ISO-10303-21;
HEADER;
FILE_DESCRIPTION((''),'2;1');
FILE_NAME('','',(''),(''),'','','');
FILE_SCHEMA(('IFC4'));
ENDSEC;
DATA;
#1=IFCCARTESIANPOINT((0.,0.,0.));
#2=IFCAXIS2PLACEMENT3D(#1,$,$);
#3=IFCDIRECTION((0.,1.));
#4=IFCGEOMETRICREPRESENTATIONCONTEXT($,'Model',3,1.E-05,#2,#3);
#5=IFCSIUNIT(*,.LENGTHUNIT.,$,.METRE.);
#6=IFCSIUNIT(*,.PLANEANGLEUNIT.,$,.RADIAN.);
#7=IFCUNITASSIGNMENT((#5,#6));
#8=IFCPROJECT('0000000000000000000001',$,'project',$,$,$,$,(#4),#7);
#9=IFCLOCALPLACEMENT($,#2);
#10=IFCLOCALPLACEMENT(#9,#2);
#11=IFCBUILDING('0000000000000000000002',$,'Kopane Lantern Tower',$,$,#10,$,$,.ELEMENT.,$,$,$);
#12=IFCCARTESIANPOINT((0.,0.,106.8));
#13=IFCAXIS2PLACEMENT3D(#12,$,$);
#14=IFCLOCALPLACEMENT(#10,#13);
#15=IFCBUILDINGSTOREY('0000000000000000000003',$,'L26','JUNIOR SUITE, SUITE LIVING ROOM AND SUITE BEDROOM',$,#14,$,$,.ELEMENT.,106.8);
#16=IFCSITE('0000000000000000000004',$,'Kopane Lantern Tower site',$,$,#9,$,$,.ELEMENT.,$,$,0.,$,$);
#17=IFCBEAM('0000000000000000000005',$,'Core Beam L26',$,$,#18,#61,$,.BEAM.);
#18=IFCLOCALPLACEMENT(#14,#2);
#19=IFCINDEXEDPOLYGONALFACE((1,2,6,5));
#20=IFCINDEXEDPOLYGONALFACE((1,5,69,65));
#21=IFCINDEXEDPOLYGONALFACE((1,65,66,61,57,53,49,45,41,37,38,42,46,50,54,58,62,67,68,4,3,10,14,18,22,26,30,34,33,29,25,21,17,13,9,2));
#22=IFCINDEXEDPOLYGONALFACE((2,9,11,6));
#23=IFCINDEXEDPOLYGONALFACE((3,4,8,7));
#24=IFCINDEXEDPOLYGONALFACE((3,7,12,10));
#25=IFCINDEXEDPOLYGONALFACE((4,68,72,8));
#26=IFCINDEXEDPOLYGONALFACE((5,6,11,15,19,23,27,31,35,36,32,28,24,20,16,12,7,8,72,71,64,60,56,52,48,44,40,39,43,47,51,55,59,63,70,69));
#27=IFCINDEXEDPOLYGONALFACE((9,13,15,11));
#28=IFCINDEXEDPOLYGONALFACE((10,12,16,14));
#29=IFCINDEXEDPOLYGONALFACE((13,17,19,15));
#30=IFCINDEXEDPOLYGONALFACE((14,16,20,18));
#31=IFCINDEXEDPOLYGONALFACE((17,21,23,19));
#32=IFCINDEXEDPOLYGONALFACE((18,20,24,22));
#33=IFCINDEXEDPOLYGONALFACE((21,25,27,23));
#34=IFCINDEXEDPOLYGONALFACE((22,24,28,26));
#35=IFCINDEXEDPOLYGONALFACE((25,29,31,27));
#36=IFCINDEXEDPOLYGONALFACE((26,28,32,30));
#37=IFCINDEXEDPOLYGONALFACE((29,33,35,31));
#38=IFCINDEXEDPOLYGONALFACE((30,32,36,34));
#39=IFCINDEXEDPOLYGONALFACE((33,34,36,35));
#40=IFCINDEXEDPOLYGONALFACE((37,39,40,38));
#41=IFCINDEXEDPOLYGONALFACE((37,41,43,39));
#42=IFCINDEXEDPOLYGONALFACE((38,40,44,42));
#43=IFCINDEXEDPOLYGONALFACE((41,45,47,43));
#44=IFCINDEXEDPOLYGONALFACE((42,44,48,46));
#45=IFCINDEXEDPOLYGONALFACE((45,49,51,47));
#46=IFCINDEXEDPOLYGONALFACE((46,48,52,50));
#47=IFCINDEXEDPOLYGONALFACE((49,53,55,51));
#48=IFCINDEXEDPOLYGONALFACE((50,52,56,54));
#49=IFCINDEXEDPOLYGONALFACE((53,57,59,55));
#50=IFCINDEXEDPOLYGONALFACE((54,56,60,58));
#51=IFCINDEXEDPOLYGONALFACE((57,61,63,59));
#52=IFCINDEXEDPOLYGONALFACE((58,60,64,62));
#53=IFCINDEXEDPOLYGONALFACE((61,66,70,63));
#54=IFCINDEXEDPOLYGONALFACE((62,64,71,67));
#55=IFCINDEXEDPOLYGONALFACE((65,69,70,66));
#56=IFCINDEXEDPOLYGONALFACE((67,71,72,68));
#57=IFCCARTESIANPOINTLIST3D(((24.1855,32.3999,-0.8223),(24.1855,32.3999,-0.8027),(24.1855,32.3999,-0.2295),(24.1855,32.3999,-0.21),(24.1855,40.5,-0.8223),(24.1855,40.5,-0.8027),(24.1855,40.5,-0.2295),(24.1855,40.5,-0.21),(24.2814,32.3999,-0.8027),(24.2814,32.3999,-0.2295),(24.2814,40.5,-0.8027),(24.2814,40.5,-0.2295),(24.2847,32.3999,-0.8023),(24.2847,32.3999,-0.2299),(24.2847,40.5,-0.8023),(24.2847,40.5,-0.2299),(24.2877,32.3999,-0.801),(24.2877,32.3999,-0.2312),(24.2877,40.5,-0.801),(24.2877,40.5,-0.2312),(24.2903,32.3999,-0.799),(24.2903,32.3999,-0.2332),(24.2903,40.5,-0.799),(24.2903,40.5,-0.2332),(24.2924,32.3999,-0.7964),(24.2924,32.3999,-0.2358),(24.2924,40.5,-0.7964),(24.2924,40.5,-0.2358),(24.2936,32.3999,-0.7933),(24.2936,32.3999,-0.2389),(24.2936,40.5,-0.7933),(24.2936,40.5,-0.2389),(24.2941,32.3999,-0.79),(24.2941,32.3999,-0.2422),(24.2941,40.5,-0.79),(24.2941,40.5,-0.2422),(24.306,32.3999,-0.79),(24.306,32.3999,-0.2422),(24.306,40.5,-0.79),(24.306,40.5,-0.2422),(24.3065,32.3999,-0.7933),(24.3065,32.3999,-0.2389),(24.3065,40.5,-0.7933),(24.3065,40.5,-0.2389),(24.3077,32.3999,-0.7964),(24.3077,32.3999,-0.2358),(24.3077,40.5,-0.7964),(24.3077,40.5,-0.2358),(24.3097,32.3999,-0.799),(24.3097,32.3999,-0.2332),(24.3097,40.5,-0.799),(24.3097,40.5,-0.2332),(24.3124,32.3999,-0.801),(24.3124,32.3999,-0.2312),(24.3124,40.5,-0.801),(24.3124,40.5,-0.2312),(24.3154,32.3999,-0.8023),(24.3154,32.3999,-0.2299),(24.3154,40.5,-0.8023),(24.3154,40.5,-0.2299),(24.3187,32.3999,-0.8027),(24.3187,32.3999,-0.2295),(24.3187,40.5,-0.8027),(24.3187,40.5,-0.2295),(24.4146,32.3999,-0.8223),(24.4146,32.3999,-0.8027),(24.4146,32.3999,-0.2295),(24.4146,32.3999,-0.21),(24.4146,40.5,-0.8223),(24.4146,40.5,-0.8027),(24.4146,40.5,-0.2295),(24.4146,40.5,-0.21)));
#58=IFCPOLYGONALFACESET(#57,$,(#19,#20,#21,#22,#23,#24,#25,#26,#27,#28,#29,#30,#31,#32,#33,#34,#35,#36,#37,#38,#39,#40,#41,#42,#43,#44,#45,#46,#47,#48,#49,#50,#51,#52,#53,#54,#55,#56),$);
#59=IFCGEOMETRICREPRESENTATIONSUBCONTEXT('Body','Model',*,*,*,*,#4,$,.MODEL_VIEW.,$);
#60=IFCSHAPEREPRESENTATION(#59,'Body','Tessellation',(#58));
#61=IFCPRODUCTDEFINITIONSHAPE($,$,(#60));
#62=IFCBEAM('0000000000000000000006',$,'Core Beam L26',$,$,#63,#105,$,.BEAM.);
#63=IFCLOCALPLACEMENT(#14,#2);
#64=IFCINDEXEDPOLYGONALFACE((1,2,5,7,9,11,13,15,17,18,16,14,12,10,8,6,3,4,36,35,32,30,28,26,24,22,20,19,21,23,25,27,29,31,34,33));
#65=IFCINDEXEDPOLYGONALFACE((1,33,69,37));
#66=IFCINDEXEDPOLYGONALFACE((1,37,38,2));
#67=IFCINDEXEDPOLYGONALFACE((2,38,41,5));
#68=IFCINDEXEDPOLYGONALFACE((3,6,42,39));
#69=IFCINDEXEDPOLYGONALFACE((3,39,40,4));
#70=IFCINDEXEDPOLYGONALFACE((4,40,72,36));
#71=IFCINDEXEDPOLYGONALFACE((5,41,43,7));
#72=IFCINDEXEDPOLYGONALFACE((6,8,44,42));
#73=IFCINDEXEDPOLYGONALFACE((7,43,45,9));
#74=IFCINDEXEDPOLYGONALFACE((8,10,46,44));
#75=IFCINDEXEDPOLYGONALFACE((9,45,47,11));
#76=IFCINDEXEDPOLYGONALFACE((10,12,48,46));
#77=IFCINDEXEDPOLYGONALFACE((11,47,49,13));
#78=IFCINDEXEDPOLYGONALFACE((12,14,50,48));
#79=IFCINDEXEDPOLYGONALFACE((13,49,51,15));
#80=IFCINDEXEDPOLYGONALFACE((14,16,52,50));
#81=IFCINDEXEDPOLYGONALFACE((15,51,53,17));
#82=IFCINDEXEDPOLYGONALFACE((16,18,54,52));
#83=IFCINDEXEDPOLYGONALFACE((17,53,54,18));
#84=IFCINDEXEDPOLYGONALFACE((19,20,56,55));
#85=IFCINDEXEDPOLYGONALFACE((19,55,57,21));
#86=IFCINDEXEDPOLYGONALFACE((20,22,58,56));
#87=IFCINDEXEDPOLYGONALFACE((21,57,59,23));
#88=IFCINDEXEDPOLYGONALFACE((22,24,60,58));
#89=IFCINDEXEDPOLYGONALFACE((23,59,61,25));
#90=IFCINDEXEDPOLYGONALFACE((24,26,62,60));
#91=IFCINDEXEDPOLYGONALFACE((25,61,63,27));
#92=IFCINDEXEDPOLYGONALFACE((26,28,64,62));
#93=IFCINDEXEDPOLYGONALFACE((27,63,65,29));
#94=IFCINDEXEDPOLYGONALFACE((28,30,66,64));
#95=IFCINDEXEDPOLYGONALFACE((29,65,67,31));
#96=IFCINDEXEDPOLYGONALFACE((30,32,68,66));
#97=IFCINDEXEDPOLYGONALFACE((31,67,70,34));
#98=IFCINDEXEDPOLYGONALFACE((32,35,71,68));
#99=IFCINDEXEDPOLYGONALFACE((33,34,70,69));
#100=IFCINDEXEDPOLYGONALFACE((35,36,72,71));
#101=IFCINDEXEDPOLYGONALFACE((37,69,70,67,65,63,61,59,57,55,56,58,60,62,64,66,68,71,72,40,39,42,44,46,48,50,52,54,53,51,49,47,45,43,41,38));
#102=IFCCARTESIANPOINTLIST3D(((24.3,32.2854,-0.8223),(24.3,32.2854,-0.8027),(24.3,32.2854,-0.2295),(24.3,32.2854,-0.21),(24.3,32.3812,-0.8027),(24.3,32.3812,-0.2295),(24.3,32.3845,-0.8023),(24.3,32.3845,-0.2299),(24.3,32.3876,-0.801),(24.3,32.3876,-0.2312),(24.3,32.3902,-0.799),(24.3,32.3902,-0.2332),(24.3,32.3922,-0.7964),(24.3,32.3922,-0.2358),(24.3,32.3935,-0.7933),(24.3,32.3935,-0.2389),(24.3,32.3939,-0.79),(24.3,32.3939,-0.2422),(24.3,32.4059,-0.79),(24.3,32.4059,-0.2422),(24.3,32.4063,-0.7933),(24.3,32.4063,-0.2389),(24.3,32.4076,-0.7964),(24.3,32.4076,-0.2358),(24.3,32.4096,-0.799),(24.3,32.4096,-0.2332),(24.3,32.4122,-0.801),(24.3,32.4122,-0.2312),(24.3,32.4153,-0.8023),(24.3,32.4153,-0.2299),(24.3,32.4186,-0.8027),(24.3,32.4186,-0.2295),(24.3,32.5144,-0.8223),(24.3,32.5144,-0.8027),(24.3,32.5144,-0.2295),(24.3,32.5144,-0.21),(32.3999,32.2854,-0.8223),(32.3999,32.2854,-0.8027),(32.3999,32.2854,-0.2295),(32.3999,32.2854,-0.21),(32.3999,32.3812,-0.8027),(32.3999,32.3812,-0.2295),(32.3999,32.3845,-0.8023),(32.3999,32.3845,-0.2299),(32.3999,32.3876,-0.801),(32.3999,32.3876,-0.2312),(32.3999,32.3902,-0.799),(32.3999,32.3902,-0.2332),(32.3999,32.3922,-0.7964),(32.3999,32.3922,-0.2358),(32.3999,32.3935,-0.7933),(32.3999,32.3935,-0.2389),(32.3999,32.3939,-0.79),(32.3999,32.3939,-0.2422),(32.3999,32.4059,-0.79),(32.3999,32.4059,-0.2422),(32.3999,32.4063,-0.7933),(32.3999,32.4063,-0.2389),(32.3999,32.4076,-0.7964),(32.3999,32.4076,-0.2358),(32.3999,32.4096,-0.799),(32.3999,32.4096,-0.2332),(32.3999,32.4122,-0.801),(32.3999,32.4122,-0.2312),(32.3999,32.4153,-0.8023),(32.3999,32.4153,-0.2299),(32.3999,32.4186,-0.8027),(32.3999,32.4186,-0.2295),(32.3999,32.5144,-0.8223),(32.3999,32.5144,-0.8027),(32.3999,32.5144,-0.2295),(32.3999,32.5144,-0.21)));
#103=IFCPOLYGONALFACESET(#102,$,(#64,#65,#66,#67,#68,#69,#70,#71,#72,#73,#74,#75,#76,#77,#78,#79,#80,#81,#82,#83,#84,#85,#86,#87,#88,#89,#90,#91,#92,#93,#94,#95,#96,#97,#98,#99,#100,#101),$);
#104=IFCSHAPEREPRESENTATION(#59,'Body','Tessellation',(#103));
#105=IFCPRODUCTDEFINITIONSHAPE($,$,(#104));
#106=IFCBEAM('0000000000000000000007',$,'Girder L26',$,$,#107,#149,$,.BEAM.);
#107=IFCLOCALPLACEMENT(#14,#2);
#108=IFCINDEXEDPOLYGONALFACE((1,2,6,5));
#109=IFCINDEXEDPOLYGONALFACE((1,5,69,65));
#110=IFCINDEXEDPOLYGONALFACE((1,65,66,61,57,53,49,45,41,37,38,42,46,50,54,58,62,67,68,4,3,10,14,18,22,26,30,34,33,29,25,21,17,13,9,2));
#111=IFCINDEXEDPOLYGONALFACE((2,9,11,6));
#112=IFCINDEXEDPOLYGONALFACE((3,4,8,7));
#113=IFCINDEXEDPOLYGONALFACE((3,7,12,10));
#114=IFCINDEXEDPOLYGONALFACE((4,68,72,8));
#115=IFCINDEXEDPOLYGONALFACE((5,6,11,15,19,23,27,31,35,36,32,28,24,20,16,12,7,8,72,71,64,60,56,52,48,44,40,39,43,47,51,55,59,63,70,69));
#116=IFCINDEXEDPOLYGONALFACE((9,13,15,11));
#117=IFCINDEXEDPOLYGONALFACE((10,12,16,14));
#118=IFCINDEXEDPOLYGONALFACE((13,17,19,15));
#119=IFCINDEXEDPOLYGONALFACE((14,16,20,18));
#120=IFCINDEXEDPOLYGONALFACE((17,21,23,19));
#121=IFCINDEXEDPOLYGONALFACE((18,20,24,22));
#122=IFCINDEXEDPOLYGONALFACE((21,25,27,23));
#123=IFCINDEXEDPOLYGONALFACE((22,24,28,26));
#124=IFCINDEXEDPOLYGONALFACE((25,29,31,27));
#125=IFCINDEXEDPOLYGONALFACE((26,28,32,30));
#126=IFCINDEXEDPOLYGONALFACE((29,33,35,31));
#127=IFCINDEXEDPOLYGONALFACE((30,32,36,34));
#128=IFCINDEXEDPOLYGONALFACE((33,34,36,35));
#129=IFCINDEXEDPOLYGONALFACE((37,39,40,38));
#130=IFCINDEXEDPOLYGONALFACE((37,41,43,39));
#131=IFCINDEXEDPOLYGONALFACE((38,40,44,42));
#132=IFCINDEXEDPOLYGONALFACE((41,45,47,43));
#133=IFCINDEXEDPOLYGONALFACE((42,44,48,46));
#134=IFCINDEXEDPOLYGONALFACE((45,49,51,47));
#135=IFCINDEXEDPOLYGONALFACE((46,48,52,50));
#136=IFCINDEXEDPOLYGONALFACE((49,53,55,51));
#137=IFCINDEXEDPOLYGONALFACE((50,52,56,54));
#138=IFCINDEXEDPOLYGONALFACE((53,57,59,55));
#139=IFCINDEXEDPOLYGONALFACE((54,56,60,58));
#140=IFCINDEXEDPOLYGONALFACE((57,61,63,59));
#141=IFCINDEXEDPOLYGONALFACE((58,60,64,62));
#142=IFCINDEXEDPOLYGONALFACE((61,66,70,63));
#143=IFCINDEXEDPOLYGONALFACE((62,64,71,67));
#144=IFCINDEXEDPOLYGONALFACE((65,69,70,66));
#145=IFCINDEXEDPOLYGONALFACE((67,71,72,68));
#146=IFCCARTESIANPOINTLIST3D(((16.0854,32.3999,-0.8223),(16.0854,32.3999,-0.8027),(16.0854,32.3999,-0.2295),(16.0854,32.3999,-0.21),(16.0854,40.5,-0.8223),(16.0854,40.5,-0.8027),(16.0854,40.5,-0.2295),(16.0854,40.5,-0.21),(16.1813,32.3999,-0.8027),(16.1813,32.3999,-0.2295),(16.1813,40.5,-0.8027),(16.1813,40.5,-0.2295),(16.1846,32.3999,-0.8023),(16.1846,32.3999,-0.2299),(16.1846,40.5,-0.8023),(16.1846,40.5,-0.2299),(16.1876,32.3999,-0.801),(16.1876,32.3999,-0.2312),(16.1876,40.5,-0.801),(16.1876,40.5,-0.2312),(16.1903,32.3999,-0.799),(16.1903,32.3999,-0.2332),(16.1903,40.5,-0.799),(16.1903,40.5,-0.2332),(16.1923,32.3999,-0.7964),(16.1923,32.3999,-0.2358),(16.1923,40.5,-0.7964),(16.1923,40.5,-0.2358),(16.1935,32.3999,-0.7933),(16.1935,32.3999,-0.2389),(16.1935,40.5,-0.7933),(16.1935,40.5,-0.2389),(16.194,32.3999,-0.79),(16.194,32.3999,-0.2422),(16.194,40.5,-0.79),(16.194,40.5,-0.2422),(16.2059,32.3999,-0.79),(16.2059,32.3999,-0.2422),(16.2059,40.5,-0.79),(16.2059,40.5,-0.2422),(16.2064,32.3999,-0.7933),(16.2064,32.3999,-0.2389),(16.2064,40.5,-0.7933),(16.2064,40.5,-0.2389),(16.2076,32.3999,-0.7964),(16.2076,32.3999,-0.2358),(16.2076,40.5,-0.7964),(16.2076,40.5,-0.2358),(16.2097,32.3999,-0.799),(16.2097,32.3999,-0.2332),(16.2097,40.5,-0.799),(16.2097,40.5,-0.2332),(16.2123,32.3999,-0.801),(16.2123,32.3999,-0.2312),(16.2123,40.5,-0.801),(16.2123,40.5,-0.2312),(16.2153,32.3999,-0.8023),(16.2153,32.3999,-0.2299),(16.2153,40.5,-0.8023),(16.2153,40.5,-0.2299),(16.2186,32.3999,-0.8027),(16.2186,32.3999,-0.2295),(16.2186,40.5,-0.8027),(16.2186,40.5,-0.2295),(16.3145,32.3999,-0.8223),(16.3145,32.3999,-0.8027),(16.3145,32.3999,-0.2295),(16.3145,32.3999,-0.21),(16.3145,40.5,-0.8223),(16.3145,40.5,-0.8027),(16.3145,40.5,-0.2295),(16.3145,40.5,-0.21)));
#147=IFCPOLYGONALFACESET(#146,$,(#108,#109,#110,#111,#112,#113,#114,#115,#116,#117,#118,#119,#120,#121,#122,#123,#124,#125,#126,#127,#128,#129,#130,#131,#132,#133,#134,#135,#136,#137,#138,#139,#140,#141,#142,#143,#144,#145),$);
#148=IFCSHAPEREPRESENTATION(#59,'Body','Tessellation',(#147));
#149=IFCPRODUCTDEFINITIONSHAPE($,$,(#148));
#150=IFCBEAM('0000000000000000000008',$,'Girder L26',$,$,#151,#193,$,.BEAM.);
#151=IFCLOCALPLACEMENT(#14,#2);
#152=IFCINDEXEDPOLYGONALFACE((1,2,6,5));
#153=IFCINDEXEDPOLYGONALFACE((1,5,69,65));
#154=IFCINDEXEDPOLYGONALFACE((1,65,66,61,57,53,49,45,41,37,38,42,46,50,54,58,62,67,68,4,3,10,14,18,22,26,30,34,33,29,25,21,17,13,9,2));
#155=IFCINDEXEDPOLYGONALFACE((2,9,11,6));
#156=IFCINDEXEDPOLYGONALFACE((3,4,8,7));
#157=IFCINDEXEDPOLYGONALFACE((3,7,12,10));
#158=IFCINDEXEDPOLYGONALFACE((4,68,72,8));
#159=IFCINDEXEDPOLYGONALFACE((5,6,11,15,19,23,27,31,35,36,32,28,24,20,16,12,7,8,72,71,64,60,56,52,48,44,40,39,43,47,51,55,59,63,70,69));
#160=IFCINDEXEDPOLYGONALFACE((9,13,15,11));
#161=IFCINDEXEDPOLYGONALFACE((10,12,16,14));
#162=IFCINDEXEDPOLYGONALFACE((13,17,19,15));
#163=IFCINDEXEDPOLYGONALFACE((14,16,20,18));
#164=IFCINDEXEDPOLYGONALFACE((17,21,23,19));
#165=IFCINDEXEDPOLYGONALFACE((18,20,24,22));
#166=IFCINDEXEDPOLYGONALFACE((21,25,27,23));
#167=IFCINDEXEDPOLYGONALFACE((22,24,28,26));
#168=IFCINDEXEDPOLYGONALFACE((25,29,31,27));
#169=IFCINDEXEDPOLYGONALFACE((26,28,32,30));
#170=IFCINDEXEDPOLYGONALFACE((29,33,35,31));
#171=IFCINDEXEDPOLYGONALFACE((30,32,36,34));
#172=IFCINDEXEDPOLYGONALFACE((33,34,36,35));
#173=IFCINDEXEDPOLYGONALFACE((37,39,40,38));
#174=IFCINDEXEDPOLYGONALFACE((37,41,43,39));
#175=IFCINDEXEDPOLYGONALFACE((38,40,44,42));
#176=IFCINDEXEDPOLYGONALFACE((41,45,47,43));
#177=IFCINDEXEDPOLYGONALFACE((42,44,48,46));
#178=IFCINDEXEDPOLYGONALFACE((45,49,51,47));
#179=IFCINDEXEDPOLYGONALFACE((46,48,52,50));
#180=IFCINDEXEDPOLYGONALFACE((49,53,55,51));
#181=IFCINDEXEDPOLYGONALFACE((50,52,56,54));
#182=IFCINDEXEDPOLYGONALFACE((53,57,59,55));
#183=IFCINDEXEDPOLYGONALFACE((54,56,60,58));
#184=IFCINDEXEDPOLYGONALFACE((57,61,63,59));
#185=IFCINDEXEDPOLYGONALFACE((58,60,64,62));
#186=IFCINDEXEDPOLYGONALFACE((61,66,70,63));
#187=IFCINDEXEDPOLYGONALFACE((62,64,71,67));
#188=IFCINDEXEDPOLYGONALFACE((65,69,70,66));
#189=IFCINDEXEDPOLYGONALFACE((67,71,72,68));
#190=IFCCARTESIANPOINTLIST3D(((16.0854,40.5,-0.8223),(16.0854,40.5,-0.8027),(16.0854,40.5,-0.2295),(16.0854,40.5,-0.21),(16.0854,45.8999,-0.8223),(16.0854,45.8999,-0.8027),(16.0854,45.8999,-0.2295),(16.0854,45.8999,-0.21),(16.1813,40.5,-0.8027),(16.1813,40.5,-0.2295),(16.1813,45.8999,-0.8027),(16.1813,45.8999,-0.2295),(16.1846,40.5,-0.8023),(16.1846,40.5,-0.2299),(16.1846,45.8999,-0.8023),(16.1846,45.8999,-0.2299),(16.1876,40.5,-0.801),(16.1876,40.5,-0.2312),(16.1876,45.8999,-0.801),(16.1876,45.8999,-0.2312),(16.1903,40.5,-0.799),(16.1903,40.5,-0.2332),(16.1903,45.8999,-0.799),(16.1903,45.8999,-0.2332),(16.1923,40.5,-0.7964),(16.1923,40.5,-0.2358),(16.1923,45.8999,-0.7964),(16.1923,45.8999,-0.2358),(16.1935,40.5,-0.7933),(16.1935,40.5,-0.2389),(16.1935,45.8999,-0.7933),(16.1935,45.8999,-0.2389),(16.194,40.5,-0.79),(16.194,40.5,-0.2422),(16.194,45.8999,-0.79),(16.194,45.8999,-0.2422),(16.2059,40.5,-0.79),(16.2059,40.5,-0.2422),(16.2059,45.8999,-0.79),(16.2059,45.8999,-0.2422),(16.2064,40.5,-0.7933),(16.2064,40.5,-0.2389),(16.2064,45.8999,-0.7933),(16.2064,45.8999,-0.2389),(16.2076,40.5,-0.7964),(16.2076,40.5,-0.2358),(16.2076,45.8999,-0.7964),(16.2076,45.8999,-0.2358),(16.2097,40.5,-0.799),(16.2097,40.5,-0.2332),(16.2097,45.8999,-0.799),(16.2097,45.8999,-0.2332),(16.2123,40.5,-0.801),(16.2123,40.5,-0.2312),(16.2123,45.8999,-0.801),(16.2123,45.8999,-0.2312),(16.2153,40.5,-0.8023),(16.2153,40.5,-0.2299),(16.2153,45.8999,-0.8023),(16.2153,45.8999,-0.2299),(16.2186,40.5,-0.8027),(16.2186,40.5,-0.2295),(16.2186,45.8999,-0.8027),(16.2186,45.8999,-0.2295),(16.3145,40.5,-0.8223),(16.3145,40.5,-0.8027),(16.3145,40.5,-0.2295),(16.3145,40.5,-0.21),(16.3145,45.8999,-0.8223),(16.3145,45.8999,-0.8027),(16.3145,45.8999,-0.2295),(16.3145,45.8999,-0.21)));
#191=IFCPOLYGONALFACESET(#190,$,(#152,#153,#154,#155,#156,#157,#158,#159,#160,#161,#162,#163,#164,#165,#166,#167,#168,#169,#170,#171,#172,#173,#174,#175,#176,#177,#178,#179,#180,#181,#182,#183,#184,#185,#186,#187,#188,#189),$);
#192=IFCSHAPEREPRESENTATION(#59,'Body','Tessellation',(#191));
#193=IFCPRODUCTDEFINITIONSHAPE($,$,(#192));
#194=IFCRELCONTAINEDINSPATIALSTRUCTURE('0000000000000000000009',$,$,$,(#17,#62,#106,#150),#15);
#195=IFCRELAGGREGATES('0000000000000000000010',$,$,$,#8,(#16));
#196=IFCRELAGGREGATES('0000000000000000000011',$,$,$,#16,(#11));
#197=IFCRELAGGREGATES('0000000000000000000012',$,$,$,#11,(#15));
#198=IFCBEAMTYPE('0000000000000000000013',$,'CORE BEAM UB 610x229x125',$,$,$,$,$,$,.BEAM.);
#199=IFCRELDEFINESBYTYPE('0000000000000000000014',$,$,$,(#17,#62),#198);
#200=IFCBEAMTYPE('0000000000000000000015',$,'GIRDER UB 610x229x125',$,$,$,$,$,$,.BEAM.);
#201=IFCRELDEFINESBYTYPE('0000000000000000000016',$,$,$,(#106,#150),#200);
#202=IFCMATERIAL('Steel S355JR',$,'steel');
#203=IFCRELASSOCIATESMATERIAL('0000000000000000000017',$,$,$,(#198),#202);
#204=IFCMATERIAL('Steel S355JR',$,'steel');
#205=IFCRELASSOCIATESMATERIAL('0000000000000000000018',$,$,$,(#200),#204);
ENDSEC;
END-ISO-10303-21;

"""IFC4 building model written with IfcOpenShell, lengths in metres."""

from ifc_helpers import new_model, si_unit, direction, frame, origin, origin_2d, place, context, subcontext, project, spatial, i_section, extrude, material, material_profile, profile_set, type_object, element, save


model = new_model("IFC4")

# Units and contexts
model_context = context("Model", 3, precision=1e-05, world=origin(), true_north=direction((0.0, 1.0)))
body_context = subcontext(model_context, "Body", "Model", "MODEL_VIEW")
ifc_project = project(units=[si_unit("LENGTHUNIT", "METRE"), si_unit("PLANEANGLEUNIT", "RADIAN")], contexts=[model_context])

# Site, building, storey
site_placement = place(None, origin())
site = spatial("IfcSite", under=ifc_project, at=site_placement, Name="Kopane Lantern Tower site", CompositionType="ELEMENT", RefElevation=0.0)
building_placement = place(site_placement, origin())
building = spatial("IfcBuilding", under=site, at=building_placement, Name="Kopane Lantern Tower", CompositionType="ELEMENT")
storey_placement = place(building_placement, frame((0.0, 0.0, 106.8)))
storey = spatial("IfcBuildingStorey", under=building, at=storey_placement, Name="L26", Description="JUNIOR SUITE, SUITE LIVING ROOM AND SUITE BEDROOM", CompositionType="ELEMENT", Elevation=106.8)

# Beams
ifc_material_1 = material(Name="Steel S355JR", Category="steel")
ifc_material_profile_1 = material_profile(ifc_material_1, i_section(OverallWidth=0.229, OverallDepth=0.6123, WebThickness=0.012, FlangeThickness=0.0195, FilletRadius=0.0127, at=origin_2d()), Name="UB 610x229x125")
ifc_profile_set_1 = profile_set([ifc_material_profile_1], Name="Steel S355JR")
beam_type_1 = type_object("IfcBeamType", Name="CORE BEAM UB 610x229x125", PredefinedType="BEAM", material=ifc_profile_set_1)
for number, where, z_axis, x_axis, name in (
    (1, (24.3, 32.3999, -0.5161), (0.0, 1.0, 0.0), (-1.0, 0.0, 0.0), "Core Beam L26"),
):
    element("IfcBeam", number, at=place(storey_placement, frame(where, z_axis=z_axis, x_axis=x_axis)), inside=storey, type_object=beam_type_1, Name=name, PredefinedType="BEAM", context=body_context, shape_type="SweptSolid", body=[
        extrude(i_section(OverallWidth=0.229, OverallDepth=0.6123, WebThickness=0.012, FlangeThickness=0.0195, FilletRadius=0.0127, at=origin_2d()), origin(), (0.0, 0.0, 1.0), 8.1001),
    ])
beam_1_placement = place(storey_placement, frame((24.3, 32.3999, -0.5161), z_axis=(1.0, 0.0, 0.0), x_axis=(0.0, 1.0, 0.0)))
element("IfcBeam", 2, at=beam_1_placement, inside=storey, type_object=beam_type_1, Name="Core Beam L26", PredefinedType="BEAM", context=body_context, shape_type="SweptSolid", body=[
    extrude(i_section(OverallWidth=0.229, OverallDepth=0.6123, WebThickness=0.012, FlangeThickness=0.0195, FilletRadius=0.0127, at=origin_2d()), origin(), (0.0, 0.0, 1.0), 8.0999),
])
ifc_material_2 = material(Name="Steel S355JR", Category="steel")
ifc_material_profile_2 = material_profile(ifc_material_2, i_section(OverallWidth=0.229, OverallDepth=0.6123, WebThickness=0.012, FlangeThickness=0.0195, FilletRadius=0.0127, at=origin_2d()), Name="UB 610x229x125")
ifc_profile_set_2 = profile_set([ifc_material_profile_2], Name="Steel S355JR")
beam_type_2 = type_object("IfcBeamType", Name="GIRDER UB 610x229x125", PredefinedType="BEAM", material=ifc_profile_set_2)
beam_2_placement = place(storey_placement, frame((16.2, 32.3999, -0.5161), z_axis=(0.0, 1.0, 0.0), x_axis=(-1.0, 0.0, 0.0)))
element("IfcBeam", 3, at=beam_2_placement, inside=storey, type_object=beam_type_2, Name="Girder L26", PredefinedType="BEAM", context=body_context, shape_type="SweptSolid", body=[
    extrude(i_section(OverallWidth=0.229, OverallDepth=0.6123, WebThickness=0.012, FlangeThickness=0.0195, FilletRadius=0.0127, at=origin_2d()), origin(), (0.0, 0.0, 1.0), 8.1001),
])
beam_3_placement = place(storey_placement, frame((16.2, 40.5, -0.5161), z_axis=(0.0, 1.0, 0.0), x_axis=(-1.0, 0.0, 0.0)))
element("IfcBeam", 4, at=beam_3_placement, inside=storey, type_object=beam_type_2, Name="Girder L26", PredefinedType="BEAM", context=body_context, shape_type="SweptSolid", body=[
    extrude(i_section(OverallWidth=0.229, OverallDepth=0.6123, WebThickness=0.012, FlangeThickness=0.0195, FilletRadius=0.0127, at=origin_2d()), origin(), (0.0, 0.0, 1.0), 5.3999),
])

save(model, "model.ifc")
